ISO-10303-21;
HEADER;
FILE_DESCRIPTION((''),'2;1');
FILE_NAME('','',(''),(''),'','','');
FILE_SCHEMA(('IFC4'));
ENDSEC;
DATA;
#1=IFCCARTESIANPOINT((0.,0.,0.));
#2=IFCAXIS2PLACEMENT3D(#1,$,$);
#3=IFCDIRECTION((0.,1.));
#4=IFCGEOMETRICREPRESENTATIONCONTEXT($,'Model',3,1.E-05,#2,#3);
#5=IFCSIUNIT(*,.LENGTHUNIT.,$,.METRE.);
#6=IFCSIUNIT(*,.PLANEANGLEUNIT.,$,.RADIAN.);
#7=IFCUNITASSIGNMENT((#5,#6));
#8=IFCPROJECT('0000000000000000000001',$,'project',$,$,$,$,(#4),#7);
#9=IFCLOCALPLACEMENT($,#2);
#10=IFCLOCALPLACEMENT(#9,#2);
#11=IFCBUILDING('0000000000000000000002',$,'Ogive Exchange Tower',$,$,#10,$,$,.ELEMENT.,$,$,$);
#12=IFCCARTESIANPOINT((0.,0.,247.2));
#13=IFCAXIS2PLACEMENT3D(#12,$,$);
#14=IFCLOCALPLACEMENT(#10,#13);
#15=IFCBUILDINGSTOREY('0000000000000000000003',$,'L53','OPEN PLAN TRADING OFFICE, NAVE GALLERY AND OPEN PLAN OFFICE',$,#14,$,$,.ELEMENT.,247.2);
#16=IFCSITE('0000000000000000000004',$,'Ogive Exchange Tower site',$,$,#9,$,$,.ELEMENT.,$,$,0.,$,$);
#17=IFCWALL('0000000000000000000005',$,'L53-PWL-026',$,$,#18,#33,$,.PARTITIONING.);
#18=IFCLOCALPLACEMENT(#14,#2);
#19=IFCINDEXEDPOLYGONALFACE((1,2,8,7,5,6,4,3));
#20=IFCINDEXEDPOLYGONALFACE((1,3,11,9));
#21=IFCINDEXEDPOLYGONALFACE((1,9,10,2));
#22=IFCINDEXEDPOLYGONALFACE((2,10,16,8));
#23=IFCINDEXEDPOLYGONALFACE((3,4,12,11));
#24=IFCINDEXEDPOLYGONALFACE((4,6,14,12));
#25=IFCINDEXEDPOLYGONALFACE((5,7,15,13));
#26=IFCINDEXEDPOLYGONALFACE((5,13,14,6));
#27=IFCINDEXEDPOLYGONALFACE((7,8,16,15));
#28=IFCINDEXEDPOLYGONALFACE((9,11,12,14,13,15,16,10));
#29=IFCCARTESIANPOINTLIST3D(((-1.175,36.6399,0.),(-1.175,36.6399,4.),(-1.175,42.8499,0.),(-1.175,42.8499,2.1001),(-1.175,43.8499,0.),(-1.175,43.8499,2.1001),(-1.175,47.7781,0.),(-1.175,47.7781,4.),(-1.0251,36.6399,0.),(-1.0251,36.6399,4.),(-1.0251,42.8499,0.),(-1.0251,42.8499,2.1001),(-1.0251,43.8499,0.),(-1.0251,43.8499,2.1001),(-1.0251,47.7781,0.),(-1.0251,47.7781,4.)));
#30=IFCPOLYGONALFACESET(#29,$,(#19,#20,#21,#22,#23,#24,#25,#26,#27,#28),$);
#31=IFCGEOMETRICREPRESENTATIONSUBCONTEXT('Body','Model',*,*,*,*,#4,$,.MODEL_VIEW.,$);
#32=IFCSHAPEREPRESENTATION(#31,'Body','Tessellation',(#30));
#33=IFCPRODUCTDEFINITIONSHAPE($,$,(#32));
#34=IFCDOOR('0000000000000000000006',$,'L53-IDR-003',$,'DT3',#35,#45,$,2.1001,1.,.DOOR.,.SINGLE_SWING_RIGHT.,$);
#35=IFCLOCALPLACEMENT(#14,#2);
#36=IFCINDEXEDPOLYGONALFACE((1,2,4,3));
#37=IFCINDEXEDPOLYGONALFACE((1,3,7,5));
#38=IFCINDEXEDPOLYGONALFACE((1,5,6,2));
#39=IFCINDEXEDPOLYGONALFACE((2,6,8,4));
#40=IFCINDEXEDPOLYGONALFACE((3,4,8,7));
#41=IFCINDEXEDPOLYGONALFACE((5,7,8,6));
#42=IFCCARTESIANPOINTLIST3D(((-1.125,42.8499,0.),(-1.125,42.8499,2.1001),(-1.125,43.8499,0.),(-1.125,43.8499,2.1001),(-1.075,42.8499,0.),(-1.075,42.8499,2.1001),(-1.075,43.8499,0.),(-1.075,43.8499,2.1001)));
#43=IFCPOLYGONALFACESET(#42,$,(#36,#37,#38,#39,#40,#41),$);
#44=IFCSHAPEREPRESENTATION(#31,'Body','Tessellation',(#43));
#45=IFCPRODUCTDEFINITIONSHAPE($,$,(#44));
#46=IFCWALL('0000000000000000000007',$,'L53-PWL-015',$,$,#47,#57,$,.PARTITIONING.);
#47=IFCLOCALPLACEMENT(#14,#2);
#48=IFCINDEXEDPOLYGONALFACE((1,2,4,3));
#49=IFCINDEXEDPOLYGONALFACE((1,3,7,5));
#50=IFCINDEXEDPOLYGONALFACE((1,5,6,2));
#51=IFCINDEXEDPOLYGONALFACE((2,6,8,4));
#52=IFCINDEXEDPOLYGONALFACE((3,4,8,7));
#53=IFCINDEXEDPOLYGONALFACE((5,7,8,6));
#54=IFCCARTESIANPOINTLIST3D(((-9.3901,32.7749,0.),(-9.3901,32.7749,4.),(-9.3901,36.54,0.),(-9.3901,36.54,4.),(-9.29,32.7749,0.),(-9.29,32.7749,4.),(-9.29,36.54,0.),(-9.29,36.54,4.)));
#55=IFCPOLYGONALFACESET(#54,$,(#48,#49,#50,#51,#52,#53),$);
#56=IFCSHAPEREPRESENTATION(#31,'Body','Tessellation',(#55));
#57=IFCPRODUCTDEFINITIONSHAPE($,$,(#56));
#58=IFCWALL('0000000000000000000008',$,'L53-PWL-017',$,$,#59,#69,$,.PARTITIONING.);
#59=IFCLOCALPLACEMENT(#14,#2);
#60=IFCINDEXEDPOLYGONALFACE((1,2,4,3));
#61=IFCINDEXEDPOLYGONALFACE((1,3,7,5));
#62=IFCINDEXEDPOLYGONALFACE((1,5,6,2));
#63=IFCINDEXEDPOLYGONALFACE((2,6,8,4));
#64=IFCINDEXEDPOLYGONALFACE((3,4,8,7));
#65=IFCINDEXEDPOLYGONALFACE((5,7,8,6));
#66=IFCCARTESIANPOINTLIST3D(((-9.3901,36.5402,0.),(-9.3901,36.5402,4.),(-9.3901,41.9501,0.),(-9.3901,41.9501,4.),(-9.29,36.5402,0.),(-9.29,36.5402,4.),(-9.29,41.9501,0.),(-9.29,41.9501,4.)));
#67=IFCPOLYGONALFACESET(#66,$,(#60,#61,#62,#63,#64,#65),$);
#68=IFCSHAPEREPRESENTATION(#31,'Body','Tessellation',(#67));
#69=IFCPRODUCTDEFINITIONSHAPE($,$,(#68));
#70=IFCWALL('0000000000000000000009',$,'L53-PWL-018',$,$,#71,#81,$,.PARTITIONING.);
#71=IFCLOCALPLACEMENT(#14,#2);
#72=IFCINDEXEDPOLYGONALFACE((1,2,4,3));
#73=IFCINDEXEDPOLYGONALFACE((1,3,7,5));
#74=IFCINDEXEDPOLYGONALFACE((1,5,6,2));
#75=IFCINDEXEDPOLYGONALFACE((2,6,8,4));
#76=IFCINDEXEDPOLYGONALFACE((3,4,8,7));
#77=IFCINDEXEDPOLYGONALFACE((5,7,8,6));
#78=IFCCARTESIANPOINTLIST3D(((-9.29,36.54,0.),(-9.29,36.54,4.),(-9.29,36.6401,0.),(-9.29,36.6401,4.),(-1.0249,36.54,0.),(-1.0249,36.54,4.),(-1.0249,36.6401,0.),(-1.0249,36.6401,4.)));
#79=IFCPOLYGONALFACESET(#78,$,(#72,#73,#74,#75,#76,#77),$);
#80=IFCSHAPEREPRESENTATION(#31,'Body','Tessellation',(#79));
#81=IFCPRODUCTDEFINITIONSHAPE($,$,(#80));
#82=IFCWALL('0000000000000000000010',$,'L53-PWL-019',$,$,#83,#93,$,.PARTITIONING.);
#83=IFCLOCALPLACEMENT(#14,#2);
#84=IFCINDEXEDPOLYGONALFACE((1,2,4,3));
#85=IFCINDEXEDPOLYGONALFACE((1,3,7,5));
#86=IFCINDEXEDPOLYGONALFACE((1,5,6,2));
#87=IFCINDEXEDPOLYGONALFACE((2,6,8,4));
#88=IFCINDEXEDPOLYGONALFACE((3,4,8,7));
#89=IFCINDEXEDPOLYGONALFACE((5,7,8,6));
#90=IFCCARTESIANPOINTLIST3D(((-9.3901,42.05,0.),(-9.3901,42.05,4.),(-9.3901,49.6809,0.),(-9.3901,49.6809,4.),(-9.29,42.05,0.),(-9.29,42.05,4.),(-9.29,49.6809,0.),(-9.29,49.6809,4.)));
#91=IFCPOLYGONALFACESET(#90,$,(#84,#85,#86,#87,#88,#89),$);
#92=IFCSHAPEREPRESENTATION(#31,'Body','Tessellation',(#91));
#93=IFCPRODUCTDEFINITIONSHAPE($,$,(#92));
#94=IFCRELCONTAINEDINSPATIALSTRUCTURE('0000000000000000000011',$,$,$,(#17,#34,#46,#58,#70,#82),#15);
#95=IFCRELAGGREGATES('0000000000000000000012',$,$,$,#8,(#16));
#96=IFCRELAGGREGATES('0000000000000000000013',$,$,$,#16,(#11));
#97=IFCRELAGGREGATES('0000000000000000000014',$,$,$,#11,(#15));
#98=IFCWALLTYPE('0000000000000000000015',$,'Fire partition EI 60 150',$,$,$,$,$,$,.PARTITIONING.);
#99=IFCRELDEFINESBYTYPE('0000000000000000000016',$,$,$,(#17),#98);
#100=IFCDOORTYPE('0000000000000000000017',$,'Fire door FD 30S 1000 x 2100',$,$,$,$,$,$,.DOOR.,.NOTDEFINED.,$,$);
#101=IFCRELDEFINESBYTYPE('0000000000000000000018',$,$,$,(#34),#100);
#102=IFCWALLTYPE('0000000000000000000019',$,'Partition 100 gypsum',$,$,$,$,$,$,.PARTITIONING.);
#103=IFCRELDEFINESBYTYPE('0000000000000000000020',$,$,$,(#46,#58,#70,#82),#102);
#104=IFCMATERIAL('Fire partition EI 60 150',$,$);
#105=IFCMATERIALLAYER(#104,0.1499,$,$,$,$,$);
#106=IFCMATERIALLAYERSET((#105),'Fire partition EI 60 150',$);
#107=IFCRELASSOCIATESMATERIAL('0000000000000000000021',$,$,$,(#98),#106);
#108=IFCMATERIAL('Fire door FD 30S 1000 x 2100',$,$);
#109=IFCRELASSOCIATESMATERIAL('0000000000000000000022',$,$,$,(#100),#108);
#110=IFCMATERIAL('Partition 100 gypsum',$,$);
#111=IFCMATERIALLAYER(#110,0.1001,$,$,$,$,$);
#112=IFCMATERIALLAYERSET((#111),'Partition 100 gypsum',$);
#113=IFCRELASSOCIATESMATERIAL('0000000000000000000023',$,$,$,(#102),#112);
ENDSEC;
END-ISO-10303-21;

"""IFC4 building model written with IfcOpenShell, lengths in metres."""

from ifc_helpers import new_model, si_unit, direction, frame, frame_2d, origin, place, context, subcontext, project, spatial, rectangle, extrude, material, layer, layer_set, type_object, element, fill, save


model = new_model("IFC4")

# Units and contexts
model_context = context("Model", 3, precision=1e-05, world=origin(), true_north=direction((0.0, 1.0)))
body_context = subcontext(model_context, "Body", "Model", "MODEL_VIEW")
ifc_project = project(units=[si_unit("LENGTHUNIT", "METRE"), si_unit("PLANEANGLEUNIT", "RADIAN")], contexts=[model_context])

# Site, building, storey
site_placement = place(None, origin())
site = spatial("IfcSite", under=ifc_project, at=site_placement, Name="Ogive Exchange Tower site", CompositionType="ELEMENT", RefElevation=0.0)
building_placement = place(site_placement, origin())
building = spatial("IfcBuilding", under=site, at=building_placement, Name="Ogive Exchange Tower", CompositionType="ELEMENT")
storey_placement = place(building_placement, frame((0.0, 0.0, 247.2)))
storey = spatial("IfcBuildingStorey", under=building, at=storey_placement, Name="L53", Description="OPEN PLAN TRADING OFFICE, NAVE GALLERY AND OPEN PLAN OFFICE", CompositionType="ELEMENT", Elevation=247.2)

# Shared definitions
ifc_material_1 = material(Name="Fire partition EI 60 150")
ifc_layer_1 = layer(ifc_material_1, 0.1499)
ifc_layer_set_1 = layer_set([ifc_layer_1], Name="Fire partition EI 60 150")
wall_type_1 = type_object("IfcWallType", Name="Fire partition EI 60 150", PredefinedType="PARTITIONING", material=ifc_layer_set_1)

# Wall, opening, door
wall_1_placement = place(storey_placement, frame((-1.1001, 36.6399, 0.0), z_axis=(0.0, 0.0, 1.0), x_axis=(0.0, 1.0, 0.0)))
wall_1 = element("IfcWall", 1, at=wall_1_placement, inside=storey, type_object=wall_type_1, Name="L53-PWL-026", PredefinedType="PARTITIONING", context=body_context, shape_type="SweptSolid", body=[
    extrude(rectangle(XDim=11.1382, YDim=0.1499, at=frame_2d((5.5691, 0.0))), origin(), (0.0, 0.0, 1.0), 4.0),
])
opening_placement = place(wall_1_placement, frame((6.21, 0.0, 0.0)))
opening = element("IfcOpeningElement", 2, at=opening_placement, cuts=wall_1, PredefinedType="OPENING", context=body_context, shape_type="SweptSolid", body=[
    extrude(rectangle(XDim=1.0, YDim=2.1001, at=frame_2d((0.5, 1.05))), frame((0.0, 0.085, 0.0), z_axis=(0.0, -1.0, 0.0), x_axis=(1.0, 0.0, 0.0)), (0.0, 0.0, 1.0), 0.1699),
])
ifc_material_2 = material(Name="Fire door FD 30S 1000 x 2100")
door_type = type_object("IfcDoorType", Name="Fire door FD 30S 1000 x 2100", OperationType="NOTDEFINED", PredefinedType="DOOR", material=ifc_material_2)
door_placement = place(opening_placement, origin())
door = element("IfcDoor", 3, at=door_placement, inside=storey, type_object=door_type, Name="L53-IDR-003", ObjectType="DT3", OperationType="SINGLE_SWING_RIGHT", OverallHeight=2.1001, OverallWidth=1.0, PredefinedType="DOOR", context=body_context, shape_type="SweptSolid", body=[
    extrude(rectangle(XDim=1.0, YDim=2.1001, at=frame_2d((0.5, 1.05))), frame((0.0, 0.0249, 0.0), z_axis=(0.0, -1.0, 0.0), x_axis=(1.0, 0.0, 0.0)), (0.0, 0.0, 1.0), 0.05),
])
fill(opening, door)

# Walls
ifc_material_3 = material(Name="Partition 100 gypsum")
ifc_layer_2 = layer(ifc_material_3, 0.1001)
ifc_layer_set_2 = layer_set([ifc_layer_2], Name="Partition 100 gypsum")
wall_type_2 = type_object("IfcWallType", Name="Partition 100 gypsum", PredefinedType="PARTITIONING", material=ifc_layer_set_2)
wall_2_placement = place(storey_placement, frame((-9.3401, 32.7749, 0.0), z_axis=(0.0, 0.0, 1.0), x_axis=(0.0, 1.0, 0.0)))
element("IfcWall", 4, at=wall_2_placement, inside=storey, type_object=wall_type_2, Name="L53-PWL-015", PredefinedType="PARTITIONING", context=body_context, shape_type="SweptSolid", body=[
    extrude(rectangle(XDim=3.7651, YDim=0.1001, at=frame_2d((1.8826, 0.0))), origin(), (0.0, 0.0, 1.0), 4.0),
])
wall_3_placement = place(storey_placement, frame((-9.3401, 36.54, 0.0), z_axis=(0.0, 0.0, 1.0), x_axis=(0.0, 1.0, 0.0)))
element("IfcWall", 5, at=wall_3_placement, inside=storey, type_object=wall_type_2, Name="L53-PWL-017", PredefinedType="PARTITIONING", context=body_context, shape_type="SweptSolid", body=[
    extrude(rectangle(XDim=5.4099, YDim=0.1001, at=frame_2d((2.7051, 0.0))), origin(), (0.0, 0.0, 1.0), 4.0),
])
wall_4_placement = place(storey_placement, frame((-9.29, 36.5901, 0.0), z_axis=(0.0, 0.0, 1.0), x_axis=(1.0, 0.0, 0.0)))
element("IfcWall", 6, at=wall_4_placement, inside=storey, type_object=wall_type_2, Name="L53-PWL-018", PredefinedType="PARTITIONING", context=body_context, shape_type="SweptSolid", body=[
    extrude(rectangle(XDim=8.2651, YDim=0.1001, at=frame_2d((4.1326, 0.0))), origin(), (0.0, 0.0, 1.0), 4.0),
])
wall_5_placement = place(storey_placement, frame((-9.3401, 42.05, 0.0), z_axis=(0.0, 0.0, 1.0), x_axis=(0.0, 1.0, 0.0)))
element("IfcWall", 7, at=wall_5_placement, inside=storey, type_object=wall_type_2, Name="L53-PWL-019", PredefinedType="PARTITIONING", context=body_context, shape_type="SweptSolid", body=[
    extrude(rectangle(XDim=7.6309, YDim=0.1001, at=frame_2d((3.8154, 0.0))), origin(), (0.0, 0.0, 1.0), 4.0),
])

save(model, "model.ifc")
